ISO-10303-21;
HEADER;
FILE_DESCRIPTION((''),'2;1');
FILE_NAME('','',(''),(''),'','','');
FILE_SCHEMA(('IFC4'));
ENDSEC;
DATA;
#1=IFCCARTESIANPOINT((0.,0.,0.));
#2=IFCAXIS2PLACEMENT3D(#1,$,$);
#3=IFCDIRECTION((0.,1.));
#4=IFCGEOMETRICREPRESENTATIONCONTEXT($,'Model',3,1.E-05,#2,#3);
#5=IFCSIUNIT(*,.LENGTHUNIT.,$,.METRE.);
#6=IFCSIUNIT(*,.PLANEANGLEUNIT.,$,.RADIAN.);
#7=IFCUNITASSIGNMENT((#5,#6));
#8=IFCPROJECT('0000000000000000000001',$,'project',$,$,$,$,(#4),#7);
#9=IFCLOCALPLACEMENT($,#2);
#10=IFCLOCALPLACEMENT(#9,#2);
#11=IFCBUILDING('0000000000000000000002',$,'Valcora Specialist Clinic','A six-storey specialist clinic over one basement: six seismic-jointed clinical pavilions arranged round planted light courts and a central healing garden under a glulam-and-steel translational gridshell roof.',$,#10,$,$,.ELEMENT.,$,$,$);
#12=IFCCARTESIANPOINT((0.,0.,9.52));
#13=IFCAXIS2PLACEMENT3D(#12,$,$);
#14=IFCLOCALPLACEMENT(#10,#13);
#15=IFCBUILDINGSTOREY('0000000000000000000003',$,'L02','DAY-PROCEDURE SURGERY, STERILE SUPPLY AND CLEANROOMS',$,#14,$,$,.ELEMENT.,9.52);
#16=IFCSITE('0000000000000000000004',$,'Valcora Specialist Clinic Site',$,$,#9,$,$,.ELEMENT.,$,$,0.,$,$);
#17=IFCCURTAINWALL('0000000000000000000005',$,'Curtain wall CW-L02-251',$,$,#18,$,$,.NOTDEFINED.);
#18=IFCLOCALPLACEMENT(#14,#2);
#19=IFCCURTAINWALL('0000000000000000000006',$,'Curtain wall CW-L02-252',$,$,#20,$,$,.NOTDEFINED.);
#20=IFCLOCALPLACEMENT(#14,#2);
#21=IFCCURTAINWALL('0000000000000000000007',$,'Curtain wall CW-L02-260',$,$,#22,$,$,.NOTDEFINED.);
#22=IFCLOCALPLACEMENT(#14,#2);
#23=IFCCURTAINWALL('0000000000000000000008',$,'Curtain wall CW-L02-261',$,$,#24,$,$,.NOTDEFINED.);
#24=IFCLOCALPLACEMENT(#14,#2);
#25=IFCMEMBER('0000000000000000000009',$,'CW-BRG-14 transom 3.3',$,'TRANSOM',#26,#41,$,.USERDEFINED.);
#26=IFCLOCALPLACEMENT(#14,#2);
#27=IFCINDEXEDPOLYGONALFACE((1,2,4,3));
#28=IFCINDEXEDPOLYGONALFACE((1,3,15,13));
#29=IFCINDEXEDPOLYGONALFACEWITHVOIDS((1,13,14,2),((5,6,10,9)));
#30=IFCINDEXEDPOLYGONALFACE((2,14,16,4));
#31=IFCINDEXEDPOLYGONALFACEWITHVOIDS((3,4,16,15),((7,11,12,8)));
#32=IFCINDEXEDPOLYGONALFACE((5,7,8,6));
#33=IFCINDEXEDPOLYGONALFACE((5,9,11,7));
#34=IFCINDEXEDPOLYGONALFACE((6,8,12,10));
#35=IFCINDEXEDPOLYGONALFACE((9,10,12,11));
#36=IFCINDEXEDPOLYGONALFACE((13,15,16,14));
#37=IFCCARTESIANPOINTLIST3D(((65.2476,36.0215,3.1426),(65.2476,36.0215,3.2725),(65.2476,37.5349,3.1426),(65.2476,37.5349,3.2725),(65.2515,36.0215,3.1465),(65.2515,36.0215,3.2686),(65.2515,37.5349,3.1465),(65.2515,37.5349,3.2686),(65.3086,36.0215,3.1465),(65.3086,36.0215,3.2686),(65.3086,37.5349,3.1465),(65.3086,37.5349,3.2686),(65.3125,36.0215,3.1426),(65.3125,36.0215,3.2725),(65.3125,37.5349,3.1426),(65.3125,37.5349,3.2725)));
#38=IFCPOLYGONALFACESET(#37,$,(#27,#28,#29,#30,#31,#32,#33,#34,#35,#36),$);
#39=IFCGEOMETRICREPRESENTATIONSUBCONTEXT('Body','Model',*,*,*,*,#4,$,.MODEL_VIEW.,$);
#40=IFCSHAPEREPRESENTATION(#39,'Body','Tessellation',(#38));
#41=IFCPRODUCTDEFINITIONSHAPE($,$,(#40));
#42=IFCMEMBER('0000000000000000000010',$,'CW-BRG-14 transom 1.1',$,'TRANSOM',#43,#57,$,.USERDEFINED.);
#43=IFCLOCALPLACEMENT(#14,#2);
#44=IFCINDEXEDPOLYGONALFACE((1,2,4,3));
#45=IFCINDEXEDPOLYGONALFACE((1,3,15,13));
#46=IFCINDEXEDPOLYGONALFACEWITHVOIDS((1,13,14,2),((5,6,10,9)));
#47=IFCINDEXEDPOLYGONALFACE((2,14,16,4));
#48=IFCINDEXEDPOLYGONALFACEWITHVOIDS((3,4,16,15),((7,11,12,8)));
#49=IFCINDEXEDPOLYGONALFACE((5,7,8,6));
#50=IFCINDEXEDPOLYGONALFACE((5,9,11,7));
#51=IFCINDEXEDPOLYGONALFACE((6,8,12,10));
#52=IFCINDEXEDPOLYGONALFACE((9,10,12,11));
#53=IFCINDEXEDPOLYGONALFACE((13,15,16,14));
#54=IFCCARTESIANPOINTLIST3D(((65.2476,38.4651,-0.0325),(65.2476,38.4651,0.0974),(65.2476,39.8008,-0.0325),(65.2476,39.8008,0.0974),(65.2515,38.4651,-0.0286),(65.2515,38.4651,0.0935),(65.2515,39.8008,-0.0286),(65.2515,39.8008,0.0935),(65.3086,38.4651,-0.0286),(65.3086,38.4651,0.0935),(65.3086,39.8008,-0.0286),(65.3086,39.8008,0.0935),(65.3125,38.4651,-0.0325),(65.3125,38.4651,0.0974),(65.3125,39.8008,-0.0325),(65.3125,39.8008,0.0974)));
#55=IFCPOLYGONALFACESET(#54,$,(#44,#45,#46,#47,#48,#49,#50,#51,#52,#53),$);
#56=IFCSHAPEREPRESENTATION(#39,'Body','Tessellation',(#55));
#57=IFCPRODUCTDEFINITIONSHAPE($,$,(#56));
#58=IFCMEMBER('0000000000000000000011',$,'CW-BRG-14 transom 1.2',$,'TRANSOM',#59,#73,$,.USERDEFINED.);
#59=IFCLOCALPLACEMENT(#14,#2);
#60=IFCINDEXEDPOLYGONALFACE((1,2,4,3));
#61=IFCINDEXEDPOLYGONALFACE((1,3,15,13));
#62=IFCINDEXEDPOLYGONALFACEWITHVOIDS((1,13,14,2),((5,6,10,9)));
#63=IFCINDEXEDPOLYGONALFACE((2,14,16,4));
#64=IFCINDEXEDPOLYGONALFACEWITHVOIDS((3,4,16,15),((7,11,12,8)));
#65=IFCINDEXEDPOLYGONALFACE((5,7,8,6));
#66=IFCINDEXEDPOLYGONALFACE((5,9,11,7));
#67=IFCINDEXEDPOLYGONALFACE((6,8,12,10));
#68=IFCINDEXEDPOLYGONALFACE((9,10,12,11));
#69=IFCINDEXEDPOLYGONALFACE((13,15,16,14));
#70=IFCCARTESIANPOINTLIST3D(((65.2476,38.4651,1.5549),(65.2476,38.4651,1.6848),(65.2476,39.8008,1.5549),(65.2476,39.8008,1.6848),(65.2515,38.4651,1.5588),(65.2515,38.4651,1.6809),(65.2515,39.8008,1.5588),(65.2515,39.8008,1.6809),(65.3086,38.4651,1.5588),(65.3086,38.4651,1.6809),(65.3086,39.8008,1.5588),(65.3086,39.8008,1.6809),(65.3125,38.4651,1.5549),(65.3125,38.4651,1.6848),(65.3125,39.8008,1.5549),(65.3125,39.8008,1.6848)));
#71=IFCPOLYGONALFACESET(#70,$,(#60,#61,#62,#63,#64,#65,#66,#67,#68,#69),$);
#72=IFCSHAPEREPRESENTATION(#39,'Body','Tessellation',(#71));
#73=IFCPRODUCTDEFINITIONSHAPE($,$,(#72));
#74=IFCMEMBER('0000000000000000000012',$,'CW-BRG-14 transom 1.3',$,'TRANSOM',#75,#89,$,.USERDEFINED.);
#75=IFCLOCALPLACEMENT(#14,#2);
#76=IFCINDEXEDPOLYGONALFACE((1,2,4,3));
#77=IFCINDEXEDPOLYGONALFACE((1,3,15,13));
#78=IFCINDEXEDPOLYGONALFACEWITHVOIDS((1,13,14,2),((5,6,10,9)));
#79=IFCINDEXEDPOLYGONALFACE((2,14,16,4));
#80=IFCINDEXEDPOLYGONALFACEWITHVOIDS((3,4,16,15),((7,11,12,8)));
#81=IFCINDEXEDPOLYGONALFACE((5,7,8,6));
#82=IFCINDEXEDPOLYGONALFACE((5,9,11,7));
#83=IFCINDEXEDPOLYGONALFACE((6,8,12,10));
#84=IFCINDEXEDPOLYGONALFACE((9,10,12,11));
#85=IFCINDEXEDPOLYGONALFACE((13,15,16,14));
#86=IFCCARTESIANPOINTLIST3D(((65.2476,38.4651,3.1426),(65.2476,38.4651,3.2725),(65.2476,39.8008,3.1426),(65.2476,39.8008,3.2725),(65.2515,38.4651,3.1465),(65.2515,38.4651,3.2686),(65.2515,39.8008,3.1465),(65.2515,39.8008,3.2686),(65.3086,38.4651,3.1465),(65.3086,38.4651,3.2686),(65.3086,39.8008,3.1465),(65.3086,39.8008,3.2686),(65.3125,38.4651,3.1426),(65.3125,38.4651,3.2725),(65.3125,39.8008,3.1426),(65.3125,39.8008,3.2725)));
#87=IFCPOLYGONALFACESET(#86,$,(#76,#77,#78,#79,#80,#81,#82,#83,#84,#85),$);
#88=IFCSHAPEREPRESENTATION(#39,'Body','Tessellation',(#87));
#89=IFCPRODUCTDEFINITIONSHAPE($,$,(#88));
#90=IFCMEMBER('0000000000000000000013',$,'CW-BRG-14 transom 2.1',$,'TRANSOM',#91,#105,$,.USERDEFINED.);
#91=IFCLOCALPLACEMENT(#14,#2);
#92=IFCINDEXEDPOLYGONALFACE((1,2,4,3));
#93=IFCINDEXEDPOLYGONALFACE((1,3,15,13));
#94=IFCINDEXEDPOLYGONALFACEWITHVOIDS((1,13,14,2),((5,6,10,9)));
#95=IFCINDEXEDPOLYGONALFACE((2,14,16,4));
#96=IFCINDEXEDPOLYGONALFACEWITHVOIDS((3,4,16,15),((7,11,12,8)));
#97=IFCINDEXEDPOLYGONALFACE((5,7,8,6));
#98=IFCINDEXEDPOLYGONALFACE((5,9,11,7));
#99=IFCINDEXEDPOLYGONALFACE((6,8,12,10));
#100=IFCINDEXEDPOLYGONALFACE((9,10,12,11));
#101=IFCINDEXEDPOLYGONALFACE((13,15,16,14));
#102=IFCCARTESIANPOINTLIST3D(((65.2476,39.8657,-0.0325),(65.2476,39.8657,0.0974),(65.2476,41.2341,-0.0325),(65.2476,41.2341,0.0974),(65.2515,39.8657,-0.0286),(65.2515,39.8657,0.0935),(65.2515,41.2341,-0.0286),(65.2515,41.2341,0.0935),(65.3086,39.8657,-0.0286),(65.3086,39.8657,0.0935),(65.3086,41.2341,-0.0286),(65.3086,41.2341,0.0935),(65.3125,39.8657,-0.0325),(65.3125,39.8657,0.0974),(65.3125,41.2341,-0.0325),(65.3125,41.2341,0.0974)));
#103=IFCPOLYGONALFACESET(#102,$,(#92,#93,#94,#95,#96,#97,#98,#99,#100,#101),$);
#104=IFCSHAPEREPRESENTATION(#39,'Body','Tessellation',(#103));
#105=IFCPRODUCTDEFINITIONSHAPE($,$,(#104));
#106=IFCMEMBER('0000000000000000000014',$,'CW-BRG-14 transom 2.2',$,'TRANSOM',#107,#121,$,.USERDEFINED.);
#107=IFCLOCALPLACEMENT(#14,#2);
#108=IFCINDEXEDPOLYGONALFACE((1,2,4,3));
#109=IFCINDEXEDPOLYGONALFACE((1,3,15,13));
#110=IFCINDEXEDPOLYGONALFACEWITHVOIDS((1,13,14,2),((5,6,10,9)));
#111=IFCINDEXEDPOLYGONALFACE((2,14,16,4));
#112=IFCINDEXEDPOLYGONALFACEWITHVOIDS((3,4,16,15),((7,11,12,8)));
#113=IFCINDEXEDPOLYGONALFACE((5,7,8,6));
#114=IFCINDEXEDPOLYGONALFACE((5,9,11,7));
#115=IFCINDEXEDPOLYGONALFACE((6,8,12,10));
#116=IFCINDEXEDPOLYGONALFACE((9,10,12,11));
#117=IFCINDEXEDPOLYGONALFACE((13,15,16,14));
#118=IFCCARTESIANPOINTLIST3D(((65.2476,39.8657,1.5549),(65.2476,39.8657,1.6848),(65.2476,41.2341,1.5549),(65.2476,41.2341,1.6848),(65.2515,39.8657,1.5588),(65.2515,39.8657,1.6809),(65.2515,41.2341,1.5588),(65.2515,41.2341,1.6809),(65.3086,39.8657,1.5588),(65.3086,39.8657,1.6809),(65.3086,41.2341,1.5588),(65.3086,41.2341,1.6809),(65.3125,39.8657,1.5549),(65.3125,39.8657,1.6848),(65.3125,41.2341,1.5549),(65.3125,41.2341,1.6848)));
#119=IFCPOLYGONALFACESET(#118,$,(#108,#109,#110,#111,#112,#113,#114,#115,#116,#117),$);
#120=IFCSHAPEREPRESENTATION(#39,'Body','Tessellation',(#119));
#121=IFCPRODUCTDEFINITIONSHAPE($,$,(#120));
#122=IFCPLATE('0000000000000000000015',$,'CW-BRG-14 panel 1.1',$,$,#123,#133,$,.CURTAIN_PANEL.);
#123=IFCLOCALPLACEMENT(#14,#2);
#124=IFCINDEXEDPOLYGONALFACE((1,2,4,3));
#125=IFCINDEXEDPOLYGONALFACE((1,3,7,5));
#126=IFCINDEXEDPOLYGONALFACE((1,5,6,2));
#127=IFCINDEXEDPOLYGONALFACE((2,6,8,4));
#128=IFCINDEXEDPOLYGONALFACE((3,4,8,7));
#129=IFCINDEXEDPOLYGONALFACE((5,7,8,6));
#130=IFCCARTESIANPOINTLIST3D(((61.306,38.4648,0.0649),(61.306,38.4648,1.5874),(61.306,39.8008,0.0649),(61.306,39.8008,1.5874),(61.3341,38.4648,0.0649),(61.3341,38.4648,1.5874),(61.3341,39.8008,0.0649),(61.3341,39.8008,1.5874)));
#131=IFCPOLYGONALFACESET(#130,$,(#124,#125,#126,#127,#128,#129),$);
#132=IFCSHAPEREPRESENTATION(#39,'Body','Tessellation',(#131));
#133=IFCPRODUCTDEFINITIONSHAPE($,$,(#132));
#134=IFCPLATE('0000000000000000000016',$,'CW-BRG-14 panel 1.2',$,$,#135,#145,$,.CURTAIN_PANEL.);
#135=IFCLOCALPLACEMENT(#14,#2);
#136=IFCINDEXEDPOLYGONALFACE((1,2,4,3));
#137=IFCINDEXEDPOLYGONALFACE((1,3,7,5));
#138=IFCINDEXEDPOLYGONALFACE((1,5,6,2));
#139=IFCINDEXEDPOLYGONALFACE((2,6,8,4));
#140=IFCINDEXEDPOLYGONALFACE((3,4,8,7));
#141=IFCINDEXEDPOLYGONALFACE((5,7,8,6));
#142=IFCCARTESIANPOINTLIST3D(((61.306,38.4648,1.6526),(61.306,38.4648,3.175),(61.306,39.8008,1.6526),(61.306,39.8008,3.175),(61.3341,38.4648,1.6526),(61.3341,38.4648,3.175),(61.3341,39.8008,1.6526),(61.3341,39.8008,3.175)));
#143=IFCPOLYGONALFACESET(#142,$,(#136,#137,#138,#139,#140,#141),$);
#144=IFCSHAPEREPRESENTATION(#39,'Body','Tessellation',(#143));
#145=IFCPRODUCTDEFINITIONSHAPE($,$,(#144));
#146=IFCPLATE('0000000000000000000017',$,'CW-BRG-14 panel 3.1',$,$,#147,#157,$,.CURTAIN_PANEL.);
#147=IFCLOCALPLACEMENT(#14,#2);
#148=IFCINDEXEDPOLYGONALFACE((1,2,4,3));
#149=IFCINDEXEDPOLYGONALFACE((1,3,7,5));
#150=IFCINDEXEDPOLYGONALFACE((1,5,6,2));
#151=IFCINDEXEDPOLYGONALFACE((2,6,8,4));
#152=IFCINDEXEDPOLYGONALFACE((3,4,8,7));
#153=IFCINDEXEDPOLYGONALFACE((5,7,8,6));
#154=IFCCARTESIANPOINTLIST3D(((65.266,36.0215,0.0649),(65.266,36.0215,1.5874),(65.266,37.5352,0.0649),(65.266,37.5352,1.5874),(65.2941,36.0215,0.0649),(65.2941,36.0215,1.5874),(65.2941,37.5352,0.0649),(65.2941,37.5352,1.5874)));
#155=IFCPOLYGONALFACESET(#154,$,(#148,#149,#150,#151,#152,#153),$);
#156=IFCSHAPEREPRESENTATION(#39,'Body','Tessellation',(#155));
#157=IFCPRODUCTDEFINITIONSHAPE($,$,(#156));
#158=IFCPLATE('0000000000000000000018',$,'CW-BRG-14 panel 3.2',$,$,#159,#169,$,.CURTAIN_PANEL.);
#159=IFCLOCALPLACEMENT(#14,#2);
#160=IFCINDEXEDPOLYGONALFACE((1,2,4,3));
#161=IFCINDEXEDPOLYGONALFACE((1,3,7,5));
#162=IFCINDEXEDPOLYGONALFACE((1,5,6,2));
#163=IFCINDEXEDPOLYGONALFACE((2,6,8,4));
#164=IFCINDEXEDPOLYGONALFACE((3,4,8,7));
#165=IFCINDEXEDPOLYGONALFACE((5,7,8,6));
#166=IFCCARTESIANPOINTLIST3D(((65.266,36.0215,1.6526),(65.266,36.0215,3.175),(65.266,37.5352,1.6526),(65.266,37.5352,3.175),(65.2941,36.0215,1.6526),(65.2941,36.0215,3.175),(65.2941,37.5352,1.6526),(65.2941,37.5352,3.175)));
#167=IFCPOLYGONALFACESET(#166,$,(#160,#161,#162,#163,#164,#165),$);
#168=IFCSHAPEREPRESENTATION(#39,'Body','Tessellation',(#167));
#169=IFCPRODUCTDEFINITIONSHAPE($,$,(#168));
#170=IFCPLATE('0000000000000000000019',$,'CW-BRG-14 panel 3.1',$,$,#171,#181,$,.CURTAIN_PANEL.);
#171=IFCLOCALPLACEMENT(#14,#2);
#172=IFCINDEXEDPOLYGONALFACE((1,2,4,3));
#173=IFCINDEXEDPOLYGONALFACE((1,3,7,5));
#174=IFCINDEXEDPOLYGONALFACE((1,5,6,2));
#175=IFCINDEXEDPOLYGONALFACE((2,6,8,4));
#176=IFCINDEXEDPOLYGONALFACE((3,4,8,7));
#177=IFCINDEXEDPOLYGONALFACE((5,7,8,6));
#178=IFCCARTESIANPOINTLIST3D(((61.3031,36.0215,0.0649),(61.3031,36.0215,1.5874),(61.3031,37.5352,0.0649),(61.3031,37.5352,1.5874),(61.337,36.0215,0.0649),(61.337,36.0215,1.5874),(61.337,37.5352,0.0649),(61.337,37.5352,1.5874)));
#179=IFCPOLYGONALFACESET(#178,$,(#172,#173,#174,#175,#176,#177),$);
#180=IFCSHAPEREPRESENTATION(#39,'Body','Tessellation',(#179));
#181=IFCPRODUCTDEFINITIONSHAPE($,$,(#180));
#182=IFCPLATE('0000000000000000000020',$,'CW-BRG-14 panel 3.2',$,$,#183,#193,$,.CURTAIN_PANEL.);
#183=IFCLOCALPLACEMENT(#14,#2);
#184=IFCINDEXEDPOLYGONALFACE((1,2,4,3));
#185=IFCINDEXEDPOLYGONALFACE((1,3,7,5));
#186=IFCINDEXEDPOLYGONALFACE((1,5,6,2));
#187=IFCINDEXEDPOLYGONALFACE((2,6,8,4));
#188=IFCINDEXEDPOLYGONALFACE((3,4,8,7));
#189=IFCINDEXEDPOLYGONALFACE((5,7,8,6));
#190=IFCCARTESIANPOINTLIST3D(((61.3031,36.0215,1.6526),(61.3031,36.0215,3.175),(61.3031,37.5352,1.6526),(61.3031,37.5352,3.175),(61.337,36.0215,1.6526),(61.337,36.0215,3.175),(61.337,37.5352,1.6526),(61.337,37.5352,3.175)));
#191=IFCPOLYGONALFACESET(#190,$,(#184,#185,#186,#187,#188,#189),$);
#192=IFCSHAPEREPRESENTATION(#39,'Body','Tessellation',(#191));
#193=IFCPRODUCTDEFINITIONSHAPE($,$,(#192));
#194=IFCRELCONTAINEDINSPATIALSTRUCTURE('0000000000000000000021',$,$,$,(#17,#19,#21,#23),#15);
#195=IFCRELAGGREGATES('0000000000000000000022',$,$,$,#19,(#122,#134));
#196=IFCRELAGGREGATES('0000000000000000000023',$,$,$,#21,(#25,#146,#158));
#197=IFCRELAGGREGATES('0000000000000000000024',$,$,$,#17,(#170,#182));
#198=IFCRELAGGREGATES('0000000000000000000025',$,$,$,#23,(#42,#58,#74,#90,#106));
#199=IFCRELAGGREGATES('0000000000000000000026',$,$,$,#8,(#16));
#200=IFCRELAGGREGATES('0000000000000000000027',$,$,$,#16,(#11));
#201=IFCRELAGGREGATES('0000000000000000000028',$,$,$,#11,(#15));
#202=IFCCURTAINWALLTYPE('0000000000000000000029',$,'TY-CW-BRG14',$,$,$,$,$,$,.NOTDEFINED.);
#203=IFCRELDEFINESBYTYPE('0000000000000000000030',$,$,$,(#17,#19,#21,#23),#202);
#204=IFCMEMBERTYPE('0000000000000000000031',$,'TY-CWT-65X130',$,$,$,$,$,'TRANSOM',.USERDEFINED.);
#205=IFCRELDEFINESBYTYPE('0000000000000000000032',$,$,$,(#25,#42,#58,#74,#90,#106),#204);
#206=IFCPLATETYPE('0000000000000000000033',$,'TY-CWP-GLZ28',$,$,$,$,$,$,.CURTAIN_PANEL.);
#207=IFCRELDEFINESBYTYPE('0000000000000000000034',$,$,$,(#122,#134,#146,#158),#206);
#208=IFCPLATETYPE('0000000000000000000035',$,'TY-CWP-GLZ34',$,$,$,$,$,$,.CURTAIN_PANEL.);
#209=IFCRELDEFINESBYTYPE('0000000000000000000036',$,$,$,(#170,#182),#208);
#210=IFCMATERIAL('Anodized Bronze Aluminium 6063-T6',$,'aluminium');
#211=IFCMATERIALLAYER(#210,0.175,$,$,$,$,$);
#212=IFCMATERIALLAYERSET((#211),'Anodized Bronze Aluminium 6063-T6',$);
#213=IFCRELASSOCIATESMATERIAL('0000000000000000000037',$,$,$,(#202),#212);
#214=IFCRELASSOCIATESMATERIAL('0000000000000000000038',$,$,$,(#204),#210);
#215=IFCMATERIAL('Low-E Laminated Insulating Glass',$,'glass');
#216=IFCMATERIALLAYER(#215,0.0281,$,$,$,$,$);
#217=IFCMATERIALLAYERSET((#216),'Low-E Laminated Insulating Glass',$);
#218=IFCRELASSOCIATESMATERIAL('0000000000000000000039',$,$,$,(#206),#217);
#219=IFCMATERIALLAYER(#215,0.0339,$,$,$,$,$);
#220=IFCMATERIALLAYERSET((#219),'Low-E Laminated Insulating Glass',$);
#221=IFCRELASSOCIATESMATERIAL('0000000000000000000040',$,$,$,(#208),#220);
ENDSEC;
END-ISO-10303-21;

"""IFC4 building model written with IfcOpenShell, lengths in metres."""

from ifc_helpers import new_model, si_unit, direction, frame, origin, origin_2d, place, context, subcontext, project, spatial, rectangle, hollow_rectangle, extrude, material, layer, layer_set, material_profile, profile_set, type_object, element, aggregate, save


model = new_model("IFC4")

# Units and contexts
model_context = context("Model", 3, precision=1e-05, world=origin(), true_north=direction((0.0, 1.0)))
body_context = subcontext(model_context, "Body", "Model", "MODEL_VIEW")
ifc_project = project(units=[si_unit("LENGTHUNIT", "METRE"), si_unit("PLANEANGLEUNIT", "RADIAN")], contexts=[model_context])

# Site, building, storey
site_placement = place(None, origin())
site = spatial("IfcSite", under=ifc_project, at=site_placement, Name="Valcora Specialist Clinic Site", CompositionType="ELEMENT", RefElevation=0.0)
building_placement = place(site_placement, origin())
building = spatial("IfcBuilding", under=site, at=building_placement, Name="Valcora Specialist Clinic", Description="A six-storey specialist clinic over one basement: six seismic-jointed clinical pavilions arranged round planted light courts and a central healing garden under a glulam-and-steel translational gridshell roof.", CompositionType="ELEMENT")
storey_placement = place(building_placement, frame((0.0, 0.0, 9.52)))
storey = spatial("IfcBuildingStorey", under=building, at=storey_placement, Name="L02", Description="DAY-PROCEDURE SURGERY, STERILE SUPPLY AND CLEANROOMS", CompositionType="ELEMENT", Elevation=9.52)

# Curtain wall
ifc_material_1 = material(Name="Anodized Bronze Aluminium 6063-T6", Category="aluminium")
ifc_layer_1 = layer(ifc_material_1, 0.175)
ifc_layer_set_1 = layer_set([ifc_layer_1], Name="Anodized Bronze Aluminium 6063-T6")
curtain_wall_type = type_object("IfcCurtainWallType", Name="TY-CW-BRG14", PredefinedType="NOTDEFINED", material=ifc_layer_set_1)
curtain_wall_1_placement = place(storey_placement, origin())
curtain_wall_1 = element("IfcCurtainWall", 1, at=curtain_wall_1_placement, inside=storey, type_object=curtain_wall_type, Name="Curtain wall CW-L02-251", PredefinedType="NOTDEFINED")

# Curtain wall
curtain_wall_2_placement = place(storey_placement, origin())
curtain_wall_2 = element("IfcCurtainWall", 2, at=curtain_wall_2_placement, inside=storey, type_object=curtain_wall_type, Name="Curtain wall CW-L02-252", PredefinedType="NOTDEFINED")

# Curtain wall
curtain_wall_3_placement = place(storey_placement, origin())
curtain_wall_3 = element("IfcCurtainWall", 3, at=curtain_wall_3_placement, inside=storey, type_object=curtain_wall_type, Name="Curtain wall CW-L02-260", PredefinedType="NOTDEFINED")

# Curtain wall
curtain_wall_4_placement = place(storey_placement, origin())
curtain_wall_4 = element("IfcCurtainWall", 4, at=curtain_wall_4_placement, inside=storey, type_object=curtain_wall_type, Name="Curtain wall CW-L02-261", PredefinedType="NOTDEFINED")

# Members
ifc_material_profile_1 = material_profile(ifc_material_1, hollow_rectangle(XDim=0.0649, YDim=0.1299, WallThickness=0.0039, at=origin_2d()), Name="AL-TRN-65X130")
ifc_profile_set_1 = profile_set([ifc_material_profile_1], Name="Anodized Bronze Aluminium 6063-T6")
member_type_1 = type_object("IfcMemberType", Name="TY-CWT-65X130", ElementType="TRANSOM", PredefinedType="USERDEFINED", material=ifc_profile_set_1)
member_1_placement = place(storey_placement, frame((65.28, 36.0215, 3.2075), z_axis=(0.0, 1.0, 0.0), x_axis=(-1.0, 0.0, 0.0)))
member_1 = element("IfcMember", 5, at=member_1_placement, type_object=member_type_1, Name="CW-BRG-14 transom 3.3", ObjectType="TRANSOM", PredefinedType="USERDEFINED", context=body_context, shape_type="SweptSolid", body=[
    extrude(hollow_rectangle(XDim=0.0649, YDim=0.1299, WallThickness=0.0039, at=origin_2d()), origin(), (0.0, 0.0, 1.0), 1.5134),
])
member_2_placement = place(storey_placement, frame((65.28, 38.4651, 0.0325), z_axis=(0.0, 1.0, 0.0), x_axis=(-1.0, 0.0, 0.0)))
member_2 = element("IfcMember", 6, at=member_2_placement, type_object=member_type_1, Name="CW-BRG-14 transom 1.1", ObjectType="TRANSOM", PredefinedType="USERDEFINED", context=body_context, shape_type="SweptSolid", body=[
    extrude(hollow_rectangle(XDim=0.0649, YDim=0.1299, WallThickness=0.0039, at=origin_2d()), origin(), (0.0, 0.0, 1.0), 1.3357),
])
member_3_placement = place(storey_placement, frame((65.28, 38.4651, 1.6199), z_axis=(0.0, 1.0, 0.0), x_axis=(-1.0, 0.0, 0.0)))
member_3 = element("IfcMember", 7, at=member_3_placement, type_object=member_type_1, Name="CW-BRG-14 transom 1.2", ObjectType="TRANSOM", PredefinedType="USERDEFINED", context=body_context, shape_type="SweptSolid", body=[
    extrude(hollow_rectangle(XDim=0.0649, YDim=0.1299, WallThickness=0.0039, at=origin_2d()), origin(), (0.0, 0.0, 1.0), 1.3357),
])
member_4_placement = place(storey_placement, frame((65.28, 38.4651, 3.2075), z_axis=(0.0, 1.0, 0.0), x_axis=(-1.0, 0.0, 0.0)))
member_4 = element("IfcMember", 8, at=member_4_placement, type_object=member_type_1, Name="CW-BRG-14 transom 1.3", ObjectType="TRANSOM", PredefinedType="USERDEFINED", context=body_context, shape_type="SweptSolid", body=[
    extrude(hollow_rectangle(XDim=0.0649, YDim=0.1299, WallThickness=0.0039, at=origin_2d()), origin(), (0.0, 0.0, 1.0), 1.3357),
])
member_5_placement = place(storey_placement, frame((65.28, 39.8657, 0.0325), z_axis=(0.0, 1.0, 0.0), x_axis=(-1.0, 0.0, 0.0)))
member_5 = element("IfcMember", 9, at=member_5_placement, type_object=member_type_1, Name="CW-BRG-14 transom 2.1", ObjectType="TRANSOM", PredefinedType="USERDEFINED", context=body_context, shape_type="SweptSolid", body=[
    extrude(hollow_rectangle(XDim=0.0649, YDim=0.1299, WallThickness=0.0039, at=origin_2d()), origin(), (0.0, 0.0, 1.0), 1.3684),
])
member_6_placement = place(storey_placement, frame((65.28, 39.8657, 1.6199), z_axis=(0.0, 1.0, 0.0), x_axis=(-1.0, 0.0, 0.0)))
member_6 = element("IfcMember", 10, at=member_6_placement, type_object=member_type_1, Name="CW-BRG-14 transom 2.2", ObjectType="TRANSOM", PredefinedType="USERDEFINED", context=body_context, shape_type="SweptSolid", body=[
    extrude(hollow_rectangle(XDim=0.0649, YDim=0.1299, WallThickness=0.0039, at=origin_2d()), origin(), (0.0, 0.0, 1.0), 1.3684),
])

# Plates
ifc_material_2 = material(Name="Low-E Laminated Insulating Glass", Category="glass")
ifc_layer_2 = layer(ifc_material_2, 0.0281)
ifc_layer_set_2 = layer_set([ifc_layer_2], Name="Low-E Laminated Insulating Glass")
plate_type_1 = type_object("IfcPlateType", Name="TY-CWP-GLZ28", PredefinedType="CURTAIN_PANEL", material=ifc_layer_set_2)
plate_1_placement = place(storey_placement, frame((61.3201, 39.1328, 0.0649), z_axis=(0.0, 0.0, 1.0), x_axis=(0.0, 1.0, 0.0)))
plate_1 = element("IfcPlate", 11, at=plate_1_placement, type_object=plate_type_1, Name="CW-BRG-14 panel 1.1", PredefinedType="CURTAIN_PANEL", context=body_context, shape_type="SweptSolid", body=[
    extrude(rectangle(XDim=1.3359, YDim=0.0281, at=origin_2d()), origin(), (0.0, 0.0, 1.0), 1.5225),
])
plate_2_placement = place(storey_placement, frame((61.3201, 39.1328, 1.6526), z_axis=(0.0, 0.0, 1.0), x_axis=(0.0, 1.0, 0.0)))
plate_2 = element("IfcPlate", 12, at=plate_2_placement, type_object=plate_type_1, Name="CW-BRG-14 panel 1.2", PredefinedType="CURTAIN_PANEL", context=body_context, shape_type="SweptSolid", body=[
    extrude(rectangle(XDim=1.3359, YDim=0.0281, at=origin_2d()), origin(), (0.0, 0.0, 1.0), 1.5225),
])
aggregate(curtain_wall_2, [plate_1, plate_2])
plate_3_placement = place(storey_placement, frame((65.28, 36.7783, 0.0649), z_axis=(0.0, 0.0, 1.0), x_axis=(0.0, 1.0, 0.0)))
plate_3 = element("IfcPlate", 13, at=plate_3_placement, type_object=plate_type_1, Name="CW-BRG-14 panel 3.1", PredefinedType="CURTAIN_PANEL", context=body_context, shape_type="SweptSolid", body=[
    extrude(rectangle(XDim=1.5137, YDim=0.0281, at=origin_2d()), origin(), (0.0, 0.0, 1.0), 1.5225),
])
plate_4_placement = place(storey_placement, frame((65.28, 36.7783, 1.6526), z_axis=(0.0, 0.0, 1.0), x_axis=(0.0, 1.0, 0.0)))
plate_4 = element("IfcPlate", 14, at=plate_4_placement, type_object=plate_type_1, Name="CW-BRG-14 panel 3.2", PredefinedType="CURTAIN_PANEL", context=body_context, shape_type="SweptSolid", body=[
    extrude(rectangle(XDim=1.5137, YDim=0.0281, at=origin_2d()), origin(), (0.0, 0.0, 1.0), 1.5225),
])
aggregate(curtain_wall_3, [member_1, plate_3, plate_4])
ifc_layer_3 = layer(ifc_material_2, 0.0339)
ifc_layer_set_3 = layer_set([ifc_layer_3], Name="Low-E Laminated Insulating Glass")
plate_type_2 = type_object("IfcPlateType", Name="TY-CWP-GLZ34", PredefinedType="CURTAIN_PANEL", material=ifc_layer_set_3)
plate_5_placement = place(storey_placement, frame((61.3201, 36.7783, 0.0649), z_axis=(0.0, 0.0, 1.0), x_axis=(0.0, 1.0, 0.0)))
plate_5 = element("IfcPlate", 15, at=plate_5_placement, type_object=plate_type_2, Name="CW-BRG-14 panel 3.1", PredefinedType="CURTAIN_PANEL", context=body_context, shape_type="SweptSolid", body=[
    extrude(rectangle(XDim=1.5137, YDim=0.0339, at=origin_2d()), origin(), (0.0, 0.0, 1.0), 1.5225),
])
plate_6_placement = place(storey_placement, frame((61.3201, 36.7783, 1.6526), z_axis=(0.0, 0.0, 1.0), x_axis=(0.0, 1.0, 0.0)))
plate_6 = element("IfcPlate", 16, at=plate_6_placement, type_object=plate_type_2, Name="CW-BRG-14 panel 3.2", PredefinedType="CURTAIN_PANEL", context=body_context, shape_type="SweptSolid", body=[
    extrude(rectangle(XDim=1.5137, YDim=0.0339, at=origin_2d()), origin(), (0.0, 0.0, 1.0), 1.5225),
])
aggregate(curtain_wall_1, [plate_5, plate_6])
aggregate(curtain_wall_4, [member_2, member_3, member_4, member_5, member_6])

save(model, "model.ifc")
